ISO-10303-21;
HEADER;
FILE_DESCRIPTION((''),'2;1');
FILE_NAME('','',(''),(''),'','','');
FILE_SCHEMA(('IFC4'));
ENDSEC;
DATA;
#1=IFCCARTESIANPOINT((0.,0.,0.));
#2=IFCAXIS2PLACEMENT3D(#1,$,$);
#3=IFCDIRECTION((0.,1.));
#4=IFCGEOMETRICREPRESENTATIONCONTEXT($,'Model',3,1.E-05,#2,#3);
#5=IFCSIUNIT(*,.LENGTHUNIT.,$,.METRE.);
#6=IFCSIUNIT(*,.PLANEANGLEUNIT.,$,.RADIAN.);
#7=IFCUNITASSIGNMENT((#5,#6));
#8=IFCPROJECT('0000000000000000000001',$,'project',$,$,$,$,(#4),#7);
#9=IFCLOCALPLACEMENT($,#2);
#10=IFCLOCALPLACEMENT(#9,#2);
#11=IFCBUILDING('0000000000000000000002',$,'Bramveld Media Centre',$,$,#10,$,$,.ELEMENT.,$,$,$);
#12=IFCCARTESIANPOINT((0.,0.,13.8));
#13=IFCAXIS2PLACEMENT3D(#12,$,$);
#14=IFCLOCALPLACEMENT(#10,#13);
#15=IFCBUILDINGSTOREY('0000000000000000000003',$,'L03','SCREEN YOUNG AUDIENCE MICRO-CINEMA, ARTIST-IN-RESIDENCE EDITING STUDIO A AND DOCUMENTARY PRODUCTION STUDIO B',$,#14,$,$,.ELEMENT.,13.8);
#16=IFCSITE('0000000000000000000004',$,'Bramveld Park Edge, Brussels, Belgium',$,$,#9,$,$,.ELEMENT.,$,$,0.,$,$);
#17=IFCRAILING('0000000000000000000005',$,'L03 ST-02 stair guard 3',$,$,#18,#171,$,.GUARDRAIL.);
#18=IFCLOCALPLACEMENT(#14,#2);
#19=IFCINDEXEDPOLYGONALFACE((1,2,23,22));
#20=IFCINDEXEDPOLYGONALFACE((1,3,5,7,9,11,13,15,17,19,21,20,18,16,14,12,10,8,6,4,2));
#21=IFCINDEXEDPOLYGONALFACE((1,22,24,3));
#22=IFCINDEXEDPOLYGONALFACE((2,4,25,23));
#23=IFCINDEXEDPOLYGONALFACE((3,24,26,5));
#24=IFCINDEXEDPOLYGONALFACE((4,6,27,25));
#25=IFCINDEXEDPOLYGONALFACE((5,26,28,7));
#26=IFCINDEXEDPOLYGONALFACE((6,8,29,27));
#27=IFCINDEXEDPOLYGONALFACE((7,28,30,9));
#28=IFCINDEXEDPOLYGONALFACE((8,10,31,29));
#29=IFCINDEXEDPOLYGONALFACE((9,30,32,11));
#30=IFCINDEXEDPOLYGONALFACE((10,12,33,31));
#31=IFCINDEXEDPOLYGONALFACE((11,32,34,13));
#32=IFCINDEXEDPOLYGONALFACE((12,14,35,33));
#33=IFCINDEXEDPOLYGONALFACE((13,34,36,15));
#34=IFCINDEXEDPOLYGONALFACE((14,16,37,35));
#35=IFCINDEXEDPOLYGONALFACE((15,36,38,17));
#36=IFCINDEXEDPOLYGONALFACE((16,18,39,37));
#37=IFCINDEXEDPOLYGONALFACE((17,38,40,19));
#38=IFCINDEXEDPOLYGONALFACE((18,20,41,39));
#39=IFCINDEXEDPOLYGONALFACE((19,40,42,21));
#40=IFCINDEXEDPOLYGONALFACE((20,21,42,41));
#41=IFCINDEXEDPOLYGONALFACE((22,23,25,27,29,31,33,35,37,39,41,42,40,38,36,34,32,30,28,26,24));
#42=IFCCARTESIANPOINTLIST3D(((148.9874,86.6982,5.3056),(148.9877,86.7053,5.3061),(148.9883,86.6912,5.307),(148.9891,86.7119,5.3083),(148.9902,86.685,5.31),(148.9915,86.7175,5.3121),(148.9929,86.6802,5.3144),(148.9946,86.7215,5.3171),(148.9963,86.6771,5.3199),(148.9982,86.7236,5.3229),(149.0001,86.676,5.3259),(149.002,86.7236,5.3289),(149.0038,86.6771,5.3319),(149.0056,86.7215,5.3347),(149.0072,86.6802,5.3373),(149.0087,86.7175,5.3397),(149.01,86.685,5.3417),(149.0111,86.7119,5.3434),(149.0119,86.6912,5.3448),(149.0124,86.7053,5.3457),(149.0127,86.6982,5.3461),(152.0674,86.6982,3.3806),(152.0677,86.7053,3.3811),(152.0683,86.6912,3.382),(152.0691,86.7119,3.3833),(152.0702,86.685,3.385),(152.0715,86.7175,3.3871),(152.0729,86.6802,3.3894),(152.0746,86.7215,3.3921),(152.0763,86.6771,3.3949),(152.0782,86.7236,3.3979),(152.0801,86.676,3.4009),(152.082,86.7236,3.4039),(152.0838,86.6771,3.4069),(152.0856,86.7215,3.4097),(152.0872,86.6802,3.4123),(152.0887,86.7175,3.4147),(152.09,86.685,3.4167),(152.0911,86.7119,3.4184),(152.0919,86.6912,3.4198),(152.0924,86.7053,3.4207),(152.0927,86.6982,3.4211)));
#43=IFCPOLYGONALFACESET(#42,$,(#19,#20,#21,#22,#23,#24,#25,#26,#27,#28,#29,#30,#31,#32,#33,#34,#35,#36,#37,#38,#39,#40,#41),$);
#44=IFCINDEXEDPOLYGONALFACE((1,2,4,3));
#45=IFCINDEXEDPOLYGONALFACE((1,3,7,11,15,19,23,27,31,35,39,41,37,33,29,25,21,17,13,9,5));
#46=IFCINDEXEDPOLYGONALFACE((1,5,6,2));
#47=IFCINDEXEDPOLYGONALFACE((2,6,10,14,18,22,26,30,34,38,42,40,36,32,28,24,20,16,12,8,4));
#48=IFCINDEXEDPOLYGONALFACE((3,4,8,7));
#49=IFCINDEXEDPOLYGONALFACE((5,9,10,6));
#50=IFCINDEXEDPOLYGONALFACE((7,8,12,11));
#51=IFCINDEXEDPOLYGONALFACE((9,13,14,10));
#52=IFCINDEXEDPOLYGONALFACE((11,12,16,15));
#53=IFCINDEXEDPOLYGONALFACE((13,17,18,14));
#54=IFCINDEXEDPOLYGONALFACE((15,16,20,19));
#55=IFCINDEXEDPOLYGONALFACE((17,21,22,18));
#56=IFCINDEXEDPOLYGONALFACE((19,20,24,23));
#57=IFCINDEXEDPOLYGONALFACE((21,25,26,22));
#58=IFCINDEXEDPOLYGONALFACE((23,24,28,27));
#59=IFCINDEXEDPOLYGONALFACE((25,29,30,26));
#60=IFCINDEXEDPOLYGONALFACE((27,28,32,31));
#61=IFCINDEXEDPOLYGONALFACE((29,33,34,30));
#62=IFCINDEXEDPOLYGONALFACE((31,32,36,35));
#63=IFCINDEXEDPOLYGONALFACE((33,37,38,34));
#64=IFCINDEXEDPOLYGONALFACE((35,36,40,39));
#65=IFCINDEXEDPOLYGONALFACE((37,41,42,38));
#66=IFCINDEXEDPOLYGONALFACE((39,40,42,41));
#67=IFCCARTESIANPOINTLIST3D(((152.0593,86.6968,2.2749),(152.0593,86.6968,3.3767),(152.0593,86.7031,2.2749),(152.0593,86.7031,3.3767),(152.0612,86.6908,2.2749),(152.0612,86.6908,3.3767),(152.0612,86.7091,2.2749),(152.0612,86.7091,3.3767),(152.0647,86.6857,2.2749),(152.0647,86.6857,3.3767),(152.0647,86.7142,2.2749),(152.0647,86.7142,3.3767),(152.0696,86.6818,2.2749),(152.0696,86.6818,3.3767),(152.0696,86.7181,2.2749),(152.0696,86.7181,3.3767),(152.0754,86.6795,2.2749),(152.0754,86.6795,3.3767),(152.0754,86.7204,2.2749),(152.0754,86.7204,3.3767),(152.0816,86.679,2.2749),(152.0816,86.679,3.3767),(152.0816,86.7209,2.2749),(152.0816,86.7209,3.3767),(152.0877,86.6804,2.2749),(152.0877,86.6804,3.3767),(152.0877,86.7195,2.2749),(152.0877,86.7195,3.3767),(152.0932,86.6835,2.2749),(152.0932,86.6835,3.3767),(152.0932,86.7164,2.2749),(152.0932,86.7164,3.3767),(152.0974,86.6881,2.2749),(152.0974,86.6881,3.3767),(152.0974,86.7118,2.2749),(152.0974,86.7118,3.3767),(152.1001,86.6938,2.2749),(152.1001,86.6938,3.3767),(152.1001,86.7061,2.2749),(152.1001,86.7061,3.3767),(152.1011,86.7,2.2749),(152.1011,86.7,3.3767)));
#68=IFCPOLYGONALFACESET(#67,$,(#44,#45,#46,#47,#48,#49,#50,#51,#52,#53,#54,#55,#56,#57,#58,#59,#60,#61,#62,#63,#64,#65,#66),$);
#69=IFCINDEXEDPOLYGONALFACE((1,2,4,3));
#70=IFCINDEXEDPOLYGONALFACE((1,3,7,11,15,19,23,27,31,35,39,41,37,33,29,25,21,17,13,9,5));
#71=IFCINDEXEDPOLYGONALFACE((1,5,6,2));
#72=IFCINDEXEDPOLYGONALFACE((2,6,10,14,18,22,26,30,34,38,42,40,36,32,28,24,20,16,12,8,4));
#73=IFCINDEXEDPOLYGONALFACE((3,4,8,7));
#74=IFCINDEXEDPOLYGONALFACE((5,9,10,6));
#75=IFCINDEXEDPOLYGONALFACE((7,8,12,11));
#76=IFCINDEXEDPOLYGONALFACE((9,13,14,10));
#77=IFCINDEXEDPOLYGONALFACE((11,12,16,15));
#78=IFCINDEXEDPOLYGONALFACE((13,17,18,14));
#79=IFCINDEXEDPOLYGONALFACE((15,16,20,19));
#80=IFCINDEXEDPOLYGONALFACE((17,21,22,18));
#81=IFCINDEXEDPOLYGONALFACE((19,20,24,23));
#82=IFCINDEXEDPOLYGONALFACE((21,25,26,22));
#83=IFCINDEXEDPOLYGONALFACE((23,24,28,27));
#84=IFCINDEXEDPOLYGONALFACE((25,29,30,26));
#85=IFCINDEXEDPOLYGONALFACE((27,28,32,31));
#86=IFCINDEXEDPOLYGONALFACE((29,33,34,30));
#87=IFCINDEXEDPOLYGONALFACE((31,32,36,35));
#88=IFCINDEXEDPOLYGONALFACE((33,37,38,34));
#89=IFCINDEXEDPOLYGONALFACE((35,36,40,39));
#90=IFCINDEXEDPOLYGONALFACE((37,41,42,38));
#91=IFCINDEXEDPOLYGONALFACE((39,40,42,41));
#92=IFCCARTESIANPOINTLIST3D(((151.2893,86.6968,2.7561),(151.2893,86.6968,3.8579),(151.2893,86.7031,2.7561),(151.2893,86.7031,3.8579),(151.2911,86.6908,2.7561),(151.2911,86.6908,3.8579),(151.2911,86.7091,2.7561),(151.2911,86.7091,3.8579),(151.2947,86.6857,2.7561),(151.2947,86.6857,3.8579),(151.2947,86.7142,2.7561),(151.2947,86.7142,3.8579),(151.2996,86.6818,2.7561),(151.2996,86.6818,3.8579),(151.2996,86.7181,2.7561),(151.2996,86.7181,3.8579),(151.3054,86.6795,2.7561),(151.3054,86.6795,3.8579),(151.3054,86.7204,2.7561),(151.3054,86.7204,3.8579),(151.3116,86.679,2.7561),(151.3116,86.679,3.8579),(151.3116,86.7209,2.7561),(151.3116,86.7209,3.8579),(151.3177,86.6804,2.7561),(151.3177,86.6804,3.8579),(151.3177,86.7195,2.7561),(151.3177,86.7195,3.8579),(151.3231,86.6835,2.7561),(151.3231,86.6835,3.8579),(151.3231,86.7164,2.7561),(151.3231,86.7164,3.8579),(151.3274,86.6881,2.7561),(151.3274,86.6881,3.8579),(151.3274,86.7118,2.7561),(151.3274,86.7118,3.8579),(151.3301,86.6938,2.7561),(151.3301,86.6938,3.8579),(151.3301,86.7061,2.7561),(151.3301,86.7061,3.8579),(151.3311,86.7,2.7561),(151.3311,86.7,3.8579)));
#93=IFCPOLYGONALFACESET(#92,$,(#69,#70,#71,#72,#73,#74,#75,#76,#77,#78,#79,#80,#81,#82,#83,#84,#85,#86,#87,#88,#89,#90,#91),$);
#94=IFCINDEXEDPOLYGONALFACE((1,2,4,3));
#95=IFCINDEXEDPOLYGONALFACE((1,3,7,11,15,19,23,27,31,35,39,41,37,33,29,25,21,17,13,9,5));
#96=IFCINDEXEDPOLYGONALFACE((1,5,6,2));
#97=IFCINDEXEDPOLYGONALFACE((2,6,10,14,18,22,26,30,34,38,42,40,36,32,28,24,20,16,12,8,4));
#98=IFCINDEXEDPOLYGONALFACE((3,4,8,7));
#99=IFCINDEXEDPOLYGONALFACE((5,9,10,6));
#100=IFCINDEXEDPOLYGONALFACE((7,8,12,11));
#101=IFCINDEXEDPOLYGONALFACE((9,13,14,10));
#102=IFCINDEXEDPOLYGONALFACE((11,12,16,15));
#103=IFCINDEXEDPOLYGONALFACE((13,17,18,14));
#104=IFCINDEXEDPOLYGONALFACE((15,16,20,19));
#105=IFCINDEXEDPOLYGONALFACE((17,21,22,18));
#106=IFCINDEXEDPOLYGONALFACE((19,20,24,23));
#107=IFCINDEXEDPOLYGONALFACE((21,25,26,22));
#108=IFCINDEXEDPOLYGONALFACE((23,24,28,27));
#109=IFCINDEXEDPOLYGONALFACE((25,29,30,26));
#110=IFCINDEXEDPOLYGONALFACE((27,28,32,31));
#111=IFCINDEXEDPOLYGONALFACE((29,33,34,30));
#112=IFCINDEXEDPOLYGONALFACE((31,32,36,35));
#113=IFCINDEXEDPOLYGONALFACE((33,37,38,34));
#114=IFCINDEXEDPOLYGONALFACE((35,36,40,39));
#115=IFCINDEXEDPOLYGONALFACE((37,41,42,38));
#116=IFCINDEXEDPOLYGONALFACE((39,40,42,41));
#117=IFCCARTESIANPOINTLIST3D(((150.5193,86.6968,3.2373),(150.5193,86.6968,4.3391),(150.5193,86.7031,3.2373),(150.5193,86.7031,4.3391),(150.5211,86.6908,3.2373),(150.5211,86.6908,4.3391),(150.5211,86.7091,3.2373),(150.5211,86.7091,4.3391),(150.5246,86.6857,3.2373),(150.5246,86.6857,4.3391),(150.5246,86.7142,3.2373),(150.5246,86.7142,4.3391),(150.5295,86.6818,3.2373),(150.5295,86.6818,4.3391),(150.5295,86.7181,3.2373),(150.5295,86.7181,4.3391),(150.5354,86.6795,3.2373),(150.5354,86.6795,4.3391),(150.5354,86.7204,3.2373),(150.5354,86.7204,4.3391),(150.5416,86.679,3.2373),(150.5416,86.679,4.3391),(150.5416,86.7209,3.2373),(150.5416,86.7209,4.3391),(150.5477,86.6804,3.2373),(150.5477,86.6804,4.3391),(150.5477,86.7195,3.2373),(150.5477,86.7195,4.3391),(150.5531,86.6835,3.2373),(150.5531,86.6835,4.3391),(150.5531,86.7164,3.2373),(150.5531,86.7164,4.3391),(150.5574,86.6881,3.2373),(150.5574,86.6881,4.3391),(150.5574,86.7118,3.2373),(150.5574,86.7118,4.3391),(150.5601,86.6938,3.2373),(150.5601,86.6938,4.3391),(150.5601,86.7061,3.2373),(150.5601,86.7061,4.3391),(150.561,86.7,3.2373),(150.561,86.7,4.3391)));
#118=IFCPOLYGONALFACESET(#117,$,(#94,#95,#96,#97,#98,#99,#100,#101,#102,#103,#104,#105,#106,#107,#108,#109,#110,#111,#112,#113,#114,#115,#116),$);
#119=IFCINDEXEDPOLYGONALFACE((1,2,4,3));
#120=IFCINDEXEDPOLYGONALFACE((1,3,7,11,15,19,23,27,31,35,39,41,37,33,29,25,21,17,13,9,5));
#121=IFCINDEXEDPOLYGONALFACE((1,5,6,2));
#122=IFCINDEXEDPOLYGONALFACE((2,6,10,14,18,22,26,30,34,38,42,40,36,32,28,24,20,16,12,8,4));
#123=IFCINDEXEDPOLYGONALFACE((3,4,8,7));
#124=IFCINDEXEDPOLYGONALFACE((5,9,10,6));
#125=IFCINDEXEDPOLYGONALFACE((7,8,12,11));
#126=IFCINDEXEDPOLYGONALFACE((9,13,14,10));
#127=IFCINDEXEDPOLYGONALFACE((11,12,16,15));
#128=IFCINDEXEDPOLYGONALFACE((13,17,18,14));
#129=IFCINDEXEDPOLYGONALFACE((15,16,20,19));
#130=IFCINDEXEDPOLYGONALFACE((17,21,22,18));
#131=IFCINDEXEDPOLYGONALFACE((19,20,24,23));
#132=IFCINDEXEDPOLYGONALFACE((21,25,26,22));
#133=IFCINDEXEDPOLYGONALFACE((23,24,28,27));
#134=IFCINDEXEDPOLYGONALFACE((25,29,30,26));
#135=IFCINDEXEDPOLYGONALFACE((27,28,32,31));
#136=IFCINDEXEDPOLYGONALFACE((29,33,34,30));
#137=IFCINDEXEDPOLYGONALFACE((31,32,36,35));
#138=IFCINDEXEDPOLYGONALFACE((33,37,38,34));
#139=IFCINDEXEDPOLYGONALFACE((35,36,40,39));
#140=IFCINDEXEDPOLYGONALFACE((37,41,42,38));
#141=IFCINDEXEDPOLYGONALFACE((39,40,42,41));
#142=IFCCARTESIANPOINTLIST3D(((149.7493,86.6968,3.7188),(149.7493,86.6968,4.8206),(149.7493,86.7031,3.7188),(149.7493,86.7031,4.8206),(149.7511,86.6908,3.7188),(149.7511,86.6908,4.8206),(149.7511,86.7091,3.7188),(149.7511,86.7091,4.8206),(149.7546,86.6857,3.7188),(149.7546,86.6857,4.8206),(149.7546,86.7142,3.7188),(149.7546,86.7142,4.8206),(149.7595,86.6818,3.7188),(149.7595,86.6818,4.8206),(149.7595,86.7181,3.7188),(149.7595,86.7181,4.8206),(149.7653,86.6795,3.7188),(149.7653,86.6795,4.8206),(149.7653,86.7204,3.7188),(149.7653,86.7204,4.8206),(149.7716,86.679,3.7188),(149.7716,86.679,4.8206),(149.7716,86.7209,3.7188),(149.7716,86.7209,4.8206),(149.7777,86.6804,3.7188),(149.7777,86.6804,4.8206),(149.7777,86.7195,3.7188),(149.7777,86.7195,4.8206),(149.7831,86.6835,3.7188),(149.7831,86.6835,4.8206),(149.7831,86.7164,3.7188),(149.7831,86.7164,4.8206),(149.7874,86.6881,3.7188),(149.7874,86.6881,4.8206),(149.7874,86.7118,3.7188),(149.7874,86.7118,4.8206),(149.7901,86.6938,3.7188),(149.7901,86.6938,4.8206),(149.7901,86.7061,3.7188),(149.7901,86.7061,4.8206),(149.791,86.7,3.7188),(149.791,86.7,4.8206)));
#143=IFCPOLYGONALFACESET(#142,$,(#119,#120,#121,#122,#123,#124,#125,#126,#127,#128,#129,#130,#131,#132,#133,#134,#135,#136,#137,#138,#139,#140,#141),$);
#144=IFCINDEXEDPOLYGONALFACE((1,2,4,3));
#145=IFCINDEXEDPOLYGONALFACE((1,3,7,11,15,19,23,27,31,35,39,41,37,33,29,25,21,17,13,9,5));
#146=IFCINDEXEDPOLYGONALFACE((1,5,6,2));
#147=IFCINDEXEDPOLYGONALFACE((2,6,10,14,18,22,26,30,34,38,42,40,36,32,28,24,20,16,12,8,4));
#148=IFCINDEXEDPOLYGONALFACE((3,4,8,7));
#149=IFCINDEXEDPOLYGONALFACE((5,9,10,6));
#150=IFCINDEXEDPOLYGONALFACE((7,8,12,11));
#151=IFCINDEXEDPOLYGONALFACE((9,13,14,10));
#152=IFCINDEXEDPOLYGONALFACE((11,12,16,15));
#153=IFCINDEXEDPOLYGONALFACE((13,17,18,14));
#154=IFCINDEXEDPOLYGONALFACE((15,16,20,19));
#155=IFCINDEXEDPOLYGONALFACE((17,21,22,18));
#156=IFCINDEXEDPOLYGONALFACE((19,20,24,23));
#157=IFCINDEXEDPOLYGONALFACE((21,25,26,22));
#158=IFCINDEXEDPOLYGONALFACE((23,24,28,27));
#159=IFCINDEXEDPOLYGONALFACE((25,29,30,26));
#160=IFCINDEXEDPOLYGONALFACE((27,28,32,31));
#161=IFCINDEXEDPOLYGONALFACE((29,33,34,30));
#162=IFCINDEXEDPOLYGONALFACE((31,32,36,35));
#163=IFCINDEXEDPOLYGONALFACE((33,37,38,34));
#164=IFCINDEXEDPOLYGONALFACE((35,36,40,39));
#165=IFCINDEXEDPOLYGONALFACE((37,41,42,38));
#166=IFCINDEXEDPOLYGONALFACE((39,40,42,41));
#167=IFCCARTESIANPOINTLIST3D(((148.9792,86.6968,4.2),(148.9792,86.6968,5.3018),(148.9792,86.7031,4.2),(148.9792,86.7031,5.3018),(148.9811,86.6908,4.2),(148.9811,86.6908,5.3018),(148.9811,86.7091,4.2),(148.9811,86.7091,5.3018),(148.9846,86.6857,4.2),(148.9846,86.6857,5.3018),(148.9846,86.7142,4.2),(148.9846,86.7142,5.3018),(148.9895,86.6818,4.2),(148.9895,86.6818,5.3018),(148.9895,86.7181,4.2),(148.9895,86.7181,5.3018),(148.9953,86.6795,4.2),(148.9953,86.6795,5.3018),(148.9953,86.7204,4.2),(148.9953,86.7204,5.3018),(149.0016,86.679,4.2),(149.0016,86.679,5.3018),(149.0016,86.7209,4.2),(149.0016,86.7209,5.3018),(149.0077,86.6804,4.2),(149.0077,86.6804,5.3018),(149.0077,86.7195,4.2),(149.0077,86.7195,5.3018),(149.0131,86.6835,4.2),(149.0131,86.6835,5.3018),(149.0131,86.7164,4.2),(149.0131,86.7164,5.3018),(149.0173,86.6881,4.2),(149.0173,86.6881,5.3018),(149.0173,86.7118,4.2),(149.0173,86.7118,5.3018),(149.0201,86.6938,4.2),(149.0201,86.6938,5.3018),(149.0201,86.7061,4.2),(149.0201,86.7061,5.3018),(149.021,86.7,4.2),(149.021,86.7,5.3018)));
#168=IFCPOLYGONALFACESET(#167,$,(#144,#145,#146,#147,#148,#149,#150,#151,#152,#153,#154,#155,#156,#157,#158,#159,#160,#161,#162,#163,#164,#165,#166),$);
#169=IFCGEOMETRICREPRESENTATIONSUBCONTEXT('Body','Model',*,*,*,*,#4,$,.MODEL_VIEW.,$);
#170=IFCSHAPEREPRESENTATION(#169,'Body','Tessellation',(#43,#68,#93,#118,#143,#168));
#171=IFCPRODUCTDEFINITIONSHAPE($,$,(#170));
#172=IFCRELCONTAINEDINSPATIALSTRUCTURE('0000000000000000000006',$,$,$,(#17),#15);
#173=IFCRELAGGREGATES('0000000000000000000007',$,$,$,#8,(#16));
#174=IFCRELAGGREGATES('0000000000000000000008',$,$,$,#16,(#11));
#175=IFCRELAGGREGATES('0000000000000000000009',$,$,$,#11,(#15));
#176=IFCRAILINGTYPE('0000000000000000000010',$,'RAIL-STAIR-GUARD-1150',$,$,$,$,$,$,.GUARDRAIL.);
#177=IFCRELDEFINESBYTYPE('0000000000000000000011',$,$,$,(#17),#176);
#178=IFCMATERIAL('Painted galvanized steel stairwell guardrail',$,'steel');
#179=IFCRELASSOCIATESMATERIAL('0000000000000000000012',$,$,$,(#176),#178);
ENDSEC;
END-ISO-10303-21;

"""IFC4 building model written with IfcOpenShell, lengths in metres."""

from ifc_helpers import new_model, si_unit, direction, frame, origin, origin_2d, place, context, subcontext, project, spatial, circle, extrude, material, type_object, element, save


model = new_model("IFC4")

# Units and contexts
model_context = context("Model", 3, precision=1e-05, world=origin(), true_north=direction((0.0, 1.0)))
body_context = subcontext(model_context, "Body", "Model", "MODEL_VIEW")
ifc_project = project(units=[si_unit("LENGTHUNIT", "METRE"), si_unit("PLANEANGLEUNIT", "RADIAN")], contexts=[model_context])

# Site, building, storey
site_placement = place(None, origin())
site = spatial("IfcSite", under=ifc_project, at=site_placement, Name="Bramveld Park Edge, Brussels, Belgium", CompositionType="ELEMENT", RefElevation=0.0)
building_placement = place(site_placement, origin())
building = spatial("IfcBuilding", under=site, at=building_placement, Name="Bramveld Media Centre", CompositionType="ELEMENT")
storey_placement = place(building_placement, frame((0.0, 0.0, 13.8)))
storey = spatial("IfcBuildingStorey", under=building, at=storey_placement, Name="L03", Description="SCREEN YOUNG AUDIENCE MICRO-CINEMA, ARTIST-IN-RESIDENCE EDITING STUDIO A AND DOCUMENTARY PRODUCTION STUDIO B", CompositionType="ELEMENT", Elevation=13.8)

# Railing
ifc_material_1 = material(Name="Painted galvanized steel stairwell guardrail", Category="steel")
railing_type_1 = type_object("IfcRailingType", Name="RAIL-STAIR-GUARD-1150", PredefinedType="GUARDRAIL", material=ifc_material_1)
railing_1_placement = place(storey_placement, frame((152.0801, 86.7, 2.2749)))
element("IfcRailing", 1, at=railing_1_placement, inside=storey, type_object=railing_type_1, Name="L03 ST-02 stair guard 3", PredefinedType="GUARDRAIL", context=body_context, shape_type="SweptSolid", body=[
    extrude(circle(Radius=0.0239, at=origin_2d()), frame((0.0, 0.0, 1.126), z_axis=(-0.847998, 0.0, 0.529999), x_axis=(0.0, -1.0, 0.0)), (0.0, 0.0, 1.0), 3.6321),
    extrude(circle(Radius=0.021, at=origin_2d()), origin(), (0.0, 0.0, 1.0), 1.1018),
    extrude(circle(Radius=0.021, at=origin_2d()), frame((-0.77, 0.0, 0.4812)), (0.0, 0.0, 1.0), 1.1018),
    extrude(circle(Radius=0.021, at=origin_2d()), frame((-1.54, 0.0, 0.9624)), (0.0, 0.0, 1.0), 1.1018),
    extrude(circle(Radius=0.021, at=origin_2d()), frame((-2.3101, 0.0, 1.4438)), (0.0, 0.0, 1.0), 1.1018),
    extrude(circle(Radius=0.021, at=origin_2d()), frame((-3.0801, 0.0, 1.925)), (0.0, 0.0, 1.0), 1.1018),
])

save(model, "model.ifc")
